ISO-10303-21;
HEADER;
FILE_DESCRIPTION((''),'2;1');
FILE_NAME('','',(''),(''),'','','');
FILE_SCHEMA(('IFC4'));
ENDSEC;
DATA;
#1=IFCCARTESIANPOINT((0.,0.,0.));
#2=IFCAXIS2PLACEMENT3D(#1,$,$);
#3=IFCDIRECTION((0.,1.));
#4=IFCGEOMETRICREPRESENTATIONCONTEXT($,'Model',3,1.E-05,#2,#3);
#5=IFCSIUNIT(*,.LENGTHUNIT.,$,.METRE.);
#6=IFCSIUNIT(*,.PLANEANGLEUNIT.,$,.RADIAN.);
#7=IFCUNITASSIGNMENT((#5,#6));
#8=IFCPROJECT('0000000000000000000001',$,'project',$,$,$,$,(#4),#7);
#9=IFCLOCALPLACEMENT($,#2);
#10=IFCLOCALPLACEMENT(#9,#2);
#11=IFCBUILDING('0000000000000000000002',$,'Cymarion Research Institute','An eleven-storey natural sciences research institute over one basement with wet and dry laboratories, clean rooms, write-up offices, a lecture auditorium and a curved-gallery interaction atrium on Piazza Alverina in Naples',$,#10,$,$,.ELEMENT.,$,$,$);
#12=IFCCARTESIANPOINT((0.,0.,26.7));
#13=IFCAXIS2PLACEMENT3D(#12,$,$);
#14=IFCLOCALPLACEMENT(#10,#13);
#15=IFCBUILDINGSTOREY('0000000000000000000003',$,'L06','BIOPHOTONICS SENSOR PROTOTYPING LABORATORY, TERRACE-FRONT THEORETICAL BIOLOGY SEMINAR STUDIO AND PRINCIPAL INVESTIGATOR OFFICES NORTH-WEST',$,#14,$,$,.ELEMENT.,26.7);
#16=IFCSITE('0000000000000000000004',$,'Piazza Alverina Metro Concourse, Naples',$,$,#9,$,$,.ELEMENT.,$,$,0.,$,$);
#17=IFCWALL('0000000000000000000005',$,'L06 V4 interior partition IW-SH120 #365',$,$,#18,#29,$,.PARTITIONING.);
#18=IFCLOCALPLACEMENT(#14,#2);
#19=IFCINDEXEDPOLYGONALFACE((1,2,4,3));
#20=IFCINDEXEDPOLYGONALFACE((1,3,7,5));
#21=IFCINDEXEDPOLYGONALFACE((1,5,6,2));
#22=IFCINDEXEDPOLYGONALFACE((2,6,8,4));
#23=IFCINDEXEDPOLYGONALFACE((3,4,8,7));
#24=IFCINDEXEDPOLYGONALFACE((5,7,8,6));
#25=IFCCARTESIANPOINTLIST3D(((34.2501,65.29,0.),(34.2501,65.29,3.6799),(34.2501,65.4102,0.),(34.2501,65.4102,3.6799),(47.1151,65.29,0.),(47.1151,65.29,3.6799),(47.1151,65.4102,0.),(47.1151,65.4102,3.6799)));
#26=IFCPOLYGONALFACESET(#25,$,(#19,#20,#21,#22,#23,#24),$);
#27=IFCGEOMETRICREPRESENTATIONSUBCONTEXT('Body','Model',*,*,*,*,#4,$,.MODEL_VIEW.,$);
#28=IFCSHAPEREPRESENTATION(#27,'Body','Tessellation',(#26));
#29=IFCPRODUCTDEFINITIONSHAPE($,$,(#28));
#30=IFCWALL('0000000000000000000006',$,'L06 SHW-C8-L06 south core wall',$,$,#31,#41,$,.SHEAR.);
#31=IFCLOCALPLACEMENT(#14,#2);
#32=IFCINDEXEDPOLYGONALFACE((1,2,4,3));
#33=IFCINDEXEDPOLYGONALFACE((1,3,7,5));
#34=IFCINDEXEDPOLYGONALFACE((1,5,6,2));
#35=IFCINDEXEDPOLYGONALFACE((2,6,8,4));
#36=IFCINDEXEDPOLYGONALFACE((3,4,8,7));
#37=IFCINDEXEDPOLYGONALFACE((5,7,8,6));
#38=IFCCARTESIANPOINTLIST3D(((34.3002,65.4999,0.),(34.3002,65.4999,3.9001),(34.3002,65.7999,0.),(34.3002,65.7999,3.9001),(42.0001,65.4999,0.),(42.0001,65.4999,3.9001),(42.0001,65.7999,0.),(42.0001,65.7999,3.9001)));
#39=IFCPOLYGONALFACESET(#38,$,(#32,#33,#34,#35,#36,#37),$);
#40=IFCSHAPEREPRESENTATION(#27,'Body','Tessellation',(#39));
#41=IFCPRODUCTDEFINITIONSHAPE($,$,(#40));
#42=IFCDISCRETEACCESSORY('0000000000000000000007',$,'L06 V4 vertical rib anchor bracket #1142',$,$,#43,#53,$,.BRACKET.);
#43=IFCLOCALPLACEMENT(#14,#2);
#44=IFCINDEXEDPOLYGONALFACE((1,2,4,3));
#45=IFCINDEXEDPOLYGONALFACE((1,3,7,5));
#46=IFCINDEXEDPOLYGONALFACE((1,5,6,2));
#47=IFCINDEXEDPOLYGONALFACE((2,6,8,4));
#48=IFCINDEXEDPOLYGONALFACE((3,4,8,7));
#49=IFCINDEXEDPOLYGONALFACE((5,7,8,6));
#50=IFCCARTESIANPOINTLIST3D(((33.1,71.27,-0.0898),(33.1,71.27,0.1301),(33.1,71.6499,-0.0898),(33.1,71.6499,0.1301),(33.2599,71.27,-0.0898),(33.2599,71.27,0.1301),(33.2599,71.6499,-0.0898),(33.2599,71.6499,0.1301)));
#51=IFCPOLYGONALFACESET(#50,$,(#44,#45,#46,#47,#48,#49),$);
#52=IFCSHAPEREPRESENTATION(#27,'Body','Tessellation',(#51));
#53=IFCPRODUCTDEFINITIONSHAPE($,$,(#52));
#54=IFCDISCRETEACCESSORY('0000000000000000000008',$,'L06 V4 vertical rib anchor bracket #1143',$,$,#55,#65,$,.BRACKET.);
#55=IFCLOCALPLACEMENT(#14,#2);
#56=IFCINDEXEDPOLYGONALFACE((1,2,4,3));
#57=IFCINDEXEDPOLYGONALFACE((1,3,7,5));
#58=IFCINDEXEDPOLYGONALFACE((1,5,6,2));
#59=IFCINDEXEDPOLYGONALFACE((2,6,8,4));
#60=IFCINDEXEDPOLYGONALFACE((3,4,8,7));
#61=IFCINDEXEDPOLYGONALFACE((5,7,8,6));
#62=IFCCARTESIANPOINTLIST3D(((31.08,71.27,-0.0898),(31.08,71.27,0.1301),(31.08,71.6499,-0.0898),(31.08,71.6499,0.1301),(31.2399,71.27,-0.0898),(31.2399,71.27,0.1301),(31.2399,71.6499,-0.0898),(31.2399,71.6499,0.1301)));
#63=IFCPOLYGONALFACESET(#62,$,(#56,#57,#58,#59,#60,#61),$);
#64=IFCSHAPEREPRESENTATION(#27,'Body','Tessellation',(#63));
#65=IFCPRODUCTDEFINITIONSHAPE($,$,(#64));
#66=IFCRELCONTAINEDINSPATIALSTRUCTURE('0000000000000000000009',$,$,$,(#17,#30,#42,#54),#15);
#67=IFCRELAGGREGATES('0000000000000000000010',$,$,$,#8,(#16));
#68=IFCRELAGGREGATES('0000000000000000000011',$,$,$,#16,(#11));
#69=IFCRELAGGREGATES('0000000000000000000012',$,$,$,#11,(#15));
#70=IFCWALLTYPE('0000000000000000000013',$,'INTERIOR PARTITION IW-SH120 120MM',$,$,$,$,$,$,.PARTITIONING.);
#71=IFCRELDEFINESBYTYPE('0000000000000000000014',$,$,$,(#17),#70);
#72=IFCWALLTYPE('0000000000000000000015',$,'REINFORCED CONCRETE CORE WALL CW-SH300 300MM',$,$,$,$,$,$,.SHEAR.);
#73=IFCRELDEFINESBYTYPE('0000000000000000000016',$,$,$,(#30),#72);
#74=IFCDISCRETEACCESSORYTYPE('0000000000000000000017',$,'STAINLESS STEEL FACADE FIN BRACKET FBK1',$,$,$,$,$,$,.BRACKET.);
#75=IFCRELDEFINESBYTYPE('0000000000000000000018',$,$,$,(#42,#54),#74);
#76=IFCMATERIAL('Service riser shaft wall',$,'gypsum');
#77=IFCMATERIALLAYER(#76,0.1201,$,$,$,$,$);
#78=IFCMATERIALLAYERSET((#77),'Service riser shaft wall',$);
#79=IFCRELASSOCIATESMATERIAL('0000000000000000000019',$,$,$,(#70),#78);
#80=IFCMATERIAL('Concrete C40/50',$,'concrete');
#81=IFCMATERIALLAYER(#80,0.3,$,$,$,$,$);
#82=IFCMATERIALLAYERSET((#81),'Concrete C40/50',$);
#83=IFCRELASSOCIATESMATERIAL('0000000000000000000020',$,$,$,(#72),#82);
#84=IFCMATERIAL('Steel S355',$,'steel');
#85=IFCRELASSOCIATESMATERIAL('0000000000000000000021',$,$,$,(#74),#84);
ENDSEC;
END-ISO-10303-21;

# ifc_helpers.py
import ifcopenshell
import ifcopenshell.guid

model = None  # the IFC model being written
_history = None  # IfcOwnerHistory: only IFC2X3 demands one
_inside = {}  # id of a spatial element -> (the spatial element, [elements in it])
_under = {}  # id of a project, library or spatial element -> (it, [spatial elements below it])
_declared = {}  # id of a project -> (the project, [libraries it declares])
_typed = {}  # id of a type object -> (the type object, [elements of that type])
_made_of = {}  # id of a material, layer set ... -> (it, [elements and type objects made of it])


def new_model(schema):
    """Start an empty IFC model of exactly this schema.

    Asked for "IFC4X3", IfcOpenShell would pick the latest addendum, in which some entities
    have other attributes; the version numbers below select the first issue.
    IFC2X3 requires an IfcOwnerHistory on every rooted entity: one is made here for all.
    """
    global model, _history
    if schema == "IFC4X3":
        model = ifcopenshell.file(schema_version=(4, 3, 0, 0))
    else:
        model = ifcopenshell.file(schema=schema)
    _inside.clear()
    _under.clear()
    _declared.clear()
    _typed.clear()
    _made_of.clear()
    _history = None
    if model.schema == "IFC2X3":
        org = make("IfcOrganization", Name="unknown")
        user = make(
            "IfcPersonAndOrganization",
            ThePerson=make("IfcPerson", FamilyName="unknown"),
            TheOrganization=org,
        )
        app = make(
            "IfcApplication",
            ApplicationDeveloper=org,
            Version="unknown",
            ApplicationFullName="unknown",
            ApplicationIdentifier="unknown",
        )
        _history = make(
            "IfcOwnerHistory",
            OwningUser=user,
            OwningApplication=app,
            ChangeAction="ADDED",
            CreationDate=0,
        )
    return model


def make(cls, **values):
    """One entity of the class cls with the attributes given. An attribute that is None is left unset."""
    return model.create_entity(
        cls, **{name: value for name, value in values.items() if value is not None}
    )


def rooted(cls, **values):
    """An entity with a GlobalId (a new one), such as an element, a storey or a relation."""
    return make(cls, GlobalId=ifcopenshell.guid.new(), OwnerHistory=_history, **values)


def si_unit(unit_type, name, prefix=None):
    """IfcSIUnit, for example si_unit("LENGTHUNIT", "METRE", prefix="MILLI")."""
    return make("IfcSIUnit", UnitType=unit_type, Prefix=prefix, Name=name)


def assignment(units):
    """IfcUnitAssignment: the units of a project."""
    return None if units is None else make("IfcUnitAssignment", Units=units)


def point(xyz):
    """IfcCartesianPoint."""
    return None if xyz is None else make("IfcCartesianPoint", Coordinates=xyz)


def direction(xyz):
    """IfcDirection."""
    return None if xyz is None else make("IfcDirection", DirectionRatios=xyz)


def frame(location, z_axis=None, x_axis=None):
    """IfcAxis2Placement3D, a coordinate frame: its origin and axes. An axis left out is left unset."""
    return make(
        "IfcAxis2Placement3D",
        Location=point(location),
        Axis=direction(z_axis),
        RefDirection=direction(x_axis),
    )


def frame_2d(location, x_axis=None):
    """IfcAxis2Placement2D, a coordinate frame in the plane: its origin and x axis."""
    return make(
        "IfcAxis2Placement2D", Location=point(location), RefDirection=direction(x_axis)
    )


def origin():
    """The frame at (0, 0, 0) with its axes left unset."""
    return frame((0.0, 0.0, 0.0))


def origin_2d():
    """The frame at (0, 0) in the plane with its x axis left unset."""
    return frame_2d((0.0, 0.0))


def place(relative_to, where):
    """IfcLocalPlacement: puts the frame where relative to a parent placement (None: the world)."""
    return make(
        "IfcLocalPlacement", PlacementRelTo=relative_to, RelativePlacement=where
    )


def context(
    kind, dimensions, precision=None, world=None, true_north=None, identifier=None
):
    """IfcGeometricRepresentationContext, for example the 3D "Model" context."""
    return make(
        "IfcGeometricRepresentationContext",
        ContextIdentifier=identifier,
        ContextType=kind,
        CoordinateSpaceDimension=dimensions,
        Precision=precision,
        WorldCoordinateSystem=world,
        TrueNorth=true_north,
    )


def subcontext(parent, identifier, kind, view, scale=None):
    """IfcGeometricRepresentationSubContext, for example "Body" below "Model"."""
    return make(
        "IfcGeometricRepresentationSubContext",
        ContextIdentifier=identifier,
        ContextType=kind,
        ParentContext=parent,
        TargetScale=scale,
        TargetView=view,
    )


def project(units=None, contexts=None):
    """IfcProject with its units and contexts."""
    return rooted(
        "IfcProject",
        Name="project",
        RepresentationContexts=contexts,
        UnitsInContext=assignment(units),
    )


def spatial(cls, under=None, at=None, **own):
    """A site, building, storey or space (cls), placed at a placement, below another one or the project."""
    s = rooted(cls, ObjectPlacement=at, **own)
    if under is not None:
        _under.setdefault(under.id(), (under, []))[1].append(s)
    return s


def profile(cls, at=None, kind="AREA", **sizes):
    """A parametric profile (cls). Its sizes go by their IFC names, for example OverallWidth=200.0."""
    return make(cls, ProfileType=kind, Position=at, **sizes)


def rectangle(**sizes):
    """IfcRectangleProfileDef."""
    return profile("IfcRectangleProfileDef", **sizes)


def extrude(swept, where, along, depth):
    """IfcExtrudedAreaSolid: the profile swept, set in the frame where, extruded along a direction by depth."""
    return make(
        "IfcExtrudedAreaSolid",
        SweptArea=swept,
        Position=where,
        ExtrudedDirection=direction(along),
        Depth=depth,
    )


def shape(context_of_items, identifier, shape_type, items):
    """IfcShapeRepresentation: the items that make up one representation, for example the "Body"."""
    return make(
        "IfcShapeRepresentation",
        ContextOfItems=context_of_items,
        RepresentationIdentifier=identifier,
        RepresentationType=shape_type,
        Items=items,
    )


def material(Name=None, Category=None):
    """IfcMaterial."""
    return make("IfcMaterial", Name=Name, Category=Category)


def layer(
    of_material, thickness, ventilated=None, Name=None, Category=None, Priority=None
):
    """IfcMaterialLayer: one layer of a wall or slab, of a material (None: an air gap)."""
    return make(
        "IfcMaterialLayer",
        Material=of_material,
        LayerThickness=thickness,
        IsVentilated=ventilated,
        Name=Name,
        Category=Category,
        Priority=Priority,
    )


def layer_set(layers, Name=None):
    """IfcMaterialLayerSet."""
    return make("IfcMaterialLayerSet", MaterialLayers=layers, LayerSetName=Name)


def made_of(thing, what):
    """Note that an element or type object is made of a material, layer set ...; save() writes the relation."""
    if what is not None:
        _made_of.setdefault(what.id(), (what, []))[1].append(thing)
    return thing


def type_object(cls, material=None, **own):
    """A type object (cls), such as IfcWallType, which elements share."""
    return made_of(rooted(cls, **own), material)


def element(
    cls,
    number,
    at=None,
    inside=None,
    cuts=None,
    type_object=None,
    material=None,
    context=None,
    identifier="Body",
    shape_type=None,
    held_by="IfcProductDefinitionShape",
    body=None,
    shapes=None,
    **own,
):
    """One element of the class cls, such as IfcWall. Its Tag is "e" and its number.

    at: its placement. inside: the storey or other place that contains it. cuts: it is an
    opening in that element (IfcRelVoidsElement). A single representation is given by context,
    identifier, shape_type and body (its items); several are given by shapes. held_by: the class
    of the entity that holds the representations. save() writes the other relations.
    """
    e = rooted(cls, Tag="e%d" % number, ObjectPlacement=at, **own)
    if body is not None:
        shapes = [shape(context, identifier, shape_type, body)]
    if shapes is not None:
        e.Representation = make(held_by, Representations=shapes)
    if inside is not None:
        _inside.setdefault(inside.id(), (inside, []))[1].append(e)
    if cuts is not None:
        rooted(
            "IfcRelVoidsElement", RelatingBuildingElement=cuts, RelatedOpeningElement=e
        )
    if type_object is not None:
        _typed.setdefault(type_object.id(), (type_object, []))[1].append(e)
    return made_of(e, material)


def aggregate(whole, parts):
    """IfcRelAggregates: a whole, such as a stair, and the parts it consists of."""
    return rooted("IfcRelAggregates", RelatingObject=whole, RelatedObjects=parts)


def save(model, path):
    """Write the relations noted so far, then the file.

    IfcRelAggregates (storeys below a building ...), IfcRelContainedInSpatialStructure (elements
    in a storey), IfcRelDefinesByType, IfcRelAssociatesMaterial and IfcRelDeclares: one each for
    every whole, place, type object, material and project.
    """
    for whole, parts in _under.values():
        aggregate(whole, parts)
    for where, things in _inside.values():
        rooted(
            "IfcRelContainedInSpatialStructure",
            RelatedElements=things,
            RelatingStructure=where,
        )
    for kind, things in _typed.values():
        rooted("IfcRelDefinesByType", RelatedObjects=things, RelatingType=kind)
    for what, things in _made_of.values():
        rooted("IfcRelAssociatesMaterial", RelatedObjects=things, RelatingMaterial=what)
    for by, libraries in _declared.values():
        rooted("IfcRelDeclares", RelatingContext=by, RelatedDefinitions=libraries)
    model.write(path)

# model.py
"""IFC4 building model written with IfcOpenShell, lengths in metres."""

from ifc_helpers import new_model, si_unit, direction, frame, frame_2d, origin, origin_2d, place, context, subcontext, project, spatial, rectangle, extrude, material, layer, layer_set, type_object, element, save


model = new_model("IFC4")

# Units and contexts
model_context = context("Model", 3, precision=1e-05, world=origin(), true_north=direction((0.0, 1.0)))
body_context = subcontext(model_context, "Body", "Model", "MODEL_VIEW")
ifc_project = project(units=[si_unit("LENGTHUNIT", "METRE"), si_unit("PLANEANGLEUNIT", "RADIAN")], contexts=[model_context])

# Site, building, storey
site_placement = place(None, origin())
site = spatial("IfcSite", under=ifc_project, at=site_placement, Name="Piazza Alverina Metro Concourse, Naples", CompositionType="ELEMENT", RefElevation=0.0)
building_placement = place(site_placement, origin())
building = spatial("IfcBuilding", under=site, at=building_placement, Name="Cymarion Research Institute", Description="An eleven-storey natural sciences research institute over one basement with wet and dry laboratories, clean rooms, write-up offices, a lecture auditorium and a curved-gallery interaction atrium on Piazza Alverina in Naples", CompositionType="ELEMENT")
storey_placement = place(building_placement, frame((0.0, 0.0, 26.7)))
storey = spatial("IfcBuildingStorey", under=building, at=storey_placement, Name="L06", Description="BIOPHOTONICS SENSOR PROTOTYPING LABORATORY, TERRACE-FRONT THEORETICAL BIOLOGY SEMINAR STUDIO AND PRINCIPAL INVESTIGATOR OFFICES NORTH-WEST", CompositionType="ELEMENT", Elevation=26.7)

# Shared definitions
ifc_material_1 = material(Name="Concrete C40/50", Category="concrete")

# Shared definitions
ifc_material_2 = material(Name="Steel S355", Category="steel")

# Walls
ifc_material_3 = material(Name="Service riser shaft wall", Category="gypsum")
ifc_layer_1 = layer(ifc_material_3, 0.1201)
ifc_layer_set_1 = layer_set([ifc_layer_1], Name="Service riser shaft wall")
wall_type_1 = type_object("IfcWallType", Name="INTERIOR PARTITION IW-SH120 120MM", PredefinedType="PARTITIONING", material=ifc_layer_set_1)
wall_1_placement = place(storey_placement, frame((34.25, 65.3501, 0.0), z_axis=(0.0, 0.0, 1.0), x_axis=(1.0, 0.0, 0.0)))
element("IfcWall", 1, at=wall_1_placement, inside=storey, type_object=wall_type_1, Name="L06 V4 interior partition IW-SH120 #365", PredefinedType="PARTITIONING", context=body_context, shape_type="SweptSolid", body=[
    extrude(rectangle(XDim=12.865, YDim=0.1201, at=frame_2d((6.4326, 0.0))), origin(), (0.0, 0.0, 1.0), 3.6799),
])
ifc_layer_2 = layer(ifc_material_1, 0.3)
ifc_layer_set_2 = layer_set([ifc_layer_2], Name="Concrete C40/50")
wall_type_2 = type_object("IfcWallType", Name="REINFORCED CONCRETE CORE WALL CW-SH300 300MM", PredefinedType="SHEAR", material=ifc_layer_set_2)
wall_2_placement = place(storey_placement, frame((34.3, 65.6499, 0.0), z_axis=(0.0, 0.0, 1.0), x_axis=(1.0, 0.0, 0.0)))
element("IfcWall", 2, at=wall_2_placement, inside=storey, type_object=wall_type_2, Name="L06 SHW-C8-L06 south core wall", PredefinedType="SHEAR", context=body_context, shape_type="SweptSolid", body=[
    extrude(rectangle(XDim=7.7, YDim=0.3, at=frame_2d((3.8501, 0.0))), origin(), (0.0, 0.0, 1.0), 3.9001),
])

# Discrete accessories
discrete_accessory_type = type_object("IfcDiscreteAccessoryType", Name="STAINLESS STEEL FACADE FIN BRACKET FBK1", PredefinedType="BRACKET", material=ifc_material_2)
for number, where, z_axis, x_axis, name in (
    (3, (33.1799, 71.46, -0.0898), (0.0, 0.0, 1.0), (0.0, 1.0, 0.0), "L06 V4 vertical rib anchor bracket #1142"),
    (4, (31.1599, 71.46, -0.0898), (0.0, 0.0, 1.0), (0.0, 1.0, 0.0), "L06 V4 vertical rib anchor bracket #1143"),
):
    element("IfcDiscreteAccessory", number, at=place(storey_placement, frame(where, z_axis=z_axis, x_axis=x_axis)), inside=storey, type_object=discrete_accessory_type, Name=name, PredefinedType="BRACKET", context=body_context, shape_type="SweptSolid", body=[
        extrude(rectangle(XDim=0.3799, YDim=0.1599, at=origin_2d()), origin(), (0.0, 0.0, 1.0), 0.22),
    ])

save(model, "model.ifc")
